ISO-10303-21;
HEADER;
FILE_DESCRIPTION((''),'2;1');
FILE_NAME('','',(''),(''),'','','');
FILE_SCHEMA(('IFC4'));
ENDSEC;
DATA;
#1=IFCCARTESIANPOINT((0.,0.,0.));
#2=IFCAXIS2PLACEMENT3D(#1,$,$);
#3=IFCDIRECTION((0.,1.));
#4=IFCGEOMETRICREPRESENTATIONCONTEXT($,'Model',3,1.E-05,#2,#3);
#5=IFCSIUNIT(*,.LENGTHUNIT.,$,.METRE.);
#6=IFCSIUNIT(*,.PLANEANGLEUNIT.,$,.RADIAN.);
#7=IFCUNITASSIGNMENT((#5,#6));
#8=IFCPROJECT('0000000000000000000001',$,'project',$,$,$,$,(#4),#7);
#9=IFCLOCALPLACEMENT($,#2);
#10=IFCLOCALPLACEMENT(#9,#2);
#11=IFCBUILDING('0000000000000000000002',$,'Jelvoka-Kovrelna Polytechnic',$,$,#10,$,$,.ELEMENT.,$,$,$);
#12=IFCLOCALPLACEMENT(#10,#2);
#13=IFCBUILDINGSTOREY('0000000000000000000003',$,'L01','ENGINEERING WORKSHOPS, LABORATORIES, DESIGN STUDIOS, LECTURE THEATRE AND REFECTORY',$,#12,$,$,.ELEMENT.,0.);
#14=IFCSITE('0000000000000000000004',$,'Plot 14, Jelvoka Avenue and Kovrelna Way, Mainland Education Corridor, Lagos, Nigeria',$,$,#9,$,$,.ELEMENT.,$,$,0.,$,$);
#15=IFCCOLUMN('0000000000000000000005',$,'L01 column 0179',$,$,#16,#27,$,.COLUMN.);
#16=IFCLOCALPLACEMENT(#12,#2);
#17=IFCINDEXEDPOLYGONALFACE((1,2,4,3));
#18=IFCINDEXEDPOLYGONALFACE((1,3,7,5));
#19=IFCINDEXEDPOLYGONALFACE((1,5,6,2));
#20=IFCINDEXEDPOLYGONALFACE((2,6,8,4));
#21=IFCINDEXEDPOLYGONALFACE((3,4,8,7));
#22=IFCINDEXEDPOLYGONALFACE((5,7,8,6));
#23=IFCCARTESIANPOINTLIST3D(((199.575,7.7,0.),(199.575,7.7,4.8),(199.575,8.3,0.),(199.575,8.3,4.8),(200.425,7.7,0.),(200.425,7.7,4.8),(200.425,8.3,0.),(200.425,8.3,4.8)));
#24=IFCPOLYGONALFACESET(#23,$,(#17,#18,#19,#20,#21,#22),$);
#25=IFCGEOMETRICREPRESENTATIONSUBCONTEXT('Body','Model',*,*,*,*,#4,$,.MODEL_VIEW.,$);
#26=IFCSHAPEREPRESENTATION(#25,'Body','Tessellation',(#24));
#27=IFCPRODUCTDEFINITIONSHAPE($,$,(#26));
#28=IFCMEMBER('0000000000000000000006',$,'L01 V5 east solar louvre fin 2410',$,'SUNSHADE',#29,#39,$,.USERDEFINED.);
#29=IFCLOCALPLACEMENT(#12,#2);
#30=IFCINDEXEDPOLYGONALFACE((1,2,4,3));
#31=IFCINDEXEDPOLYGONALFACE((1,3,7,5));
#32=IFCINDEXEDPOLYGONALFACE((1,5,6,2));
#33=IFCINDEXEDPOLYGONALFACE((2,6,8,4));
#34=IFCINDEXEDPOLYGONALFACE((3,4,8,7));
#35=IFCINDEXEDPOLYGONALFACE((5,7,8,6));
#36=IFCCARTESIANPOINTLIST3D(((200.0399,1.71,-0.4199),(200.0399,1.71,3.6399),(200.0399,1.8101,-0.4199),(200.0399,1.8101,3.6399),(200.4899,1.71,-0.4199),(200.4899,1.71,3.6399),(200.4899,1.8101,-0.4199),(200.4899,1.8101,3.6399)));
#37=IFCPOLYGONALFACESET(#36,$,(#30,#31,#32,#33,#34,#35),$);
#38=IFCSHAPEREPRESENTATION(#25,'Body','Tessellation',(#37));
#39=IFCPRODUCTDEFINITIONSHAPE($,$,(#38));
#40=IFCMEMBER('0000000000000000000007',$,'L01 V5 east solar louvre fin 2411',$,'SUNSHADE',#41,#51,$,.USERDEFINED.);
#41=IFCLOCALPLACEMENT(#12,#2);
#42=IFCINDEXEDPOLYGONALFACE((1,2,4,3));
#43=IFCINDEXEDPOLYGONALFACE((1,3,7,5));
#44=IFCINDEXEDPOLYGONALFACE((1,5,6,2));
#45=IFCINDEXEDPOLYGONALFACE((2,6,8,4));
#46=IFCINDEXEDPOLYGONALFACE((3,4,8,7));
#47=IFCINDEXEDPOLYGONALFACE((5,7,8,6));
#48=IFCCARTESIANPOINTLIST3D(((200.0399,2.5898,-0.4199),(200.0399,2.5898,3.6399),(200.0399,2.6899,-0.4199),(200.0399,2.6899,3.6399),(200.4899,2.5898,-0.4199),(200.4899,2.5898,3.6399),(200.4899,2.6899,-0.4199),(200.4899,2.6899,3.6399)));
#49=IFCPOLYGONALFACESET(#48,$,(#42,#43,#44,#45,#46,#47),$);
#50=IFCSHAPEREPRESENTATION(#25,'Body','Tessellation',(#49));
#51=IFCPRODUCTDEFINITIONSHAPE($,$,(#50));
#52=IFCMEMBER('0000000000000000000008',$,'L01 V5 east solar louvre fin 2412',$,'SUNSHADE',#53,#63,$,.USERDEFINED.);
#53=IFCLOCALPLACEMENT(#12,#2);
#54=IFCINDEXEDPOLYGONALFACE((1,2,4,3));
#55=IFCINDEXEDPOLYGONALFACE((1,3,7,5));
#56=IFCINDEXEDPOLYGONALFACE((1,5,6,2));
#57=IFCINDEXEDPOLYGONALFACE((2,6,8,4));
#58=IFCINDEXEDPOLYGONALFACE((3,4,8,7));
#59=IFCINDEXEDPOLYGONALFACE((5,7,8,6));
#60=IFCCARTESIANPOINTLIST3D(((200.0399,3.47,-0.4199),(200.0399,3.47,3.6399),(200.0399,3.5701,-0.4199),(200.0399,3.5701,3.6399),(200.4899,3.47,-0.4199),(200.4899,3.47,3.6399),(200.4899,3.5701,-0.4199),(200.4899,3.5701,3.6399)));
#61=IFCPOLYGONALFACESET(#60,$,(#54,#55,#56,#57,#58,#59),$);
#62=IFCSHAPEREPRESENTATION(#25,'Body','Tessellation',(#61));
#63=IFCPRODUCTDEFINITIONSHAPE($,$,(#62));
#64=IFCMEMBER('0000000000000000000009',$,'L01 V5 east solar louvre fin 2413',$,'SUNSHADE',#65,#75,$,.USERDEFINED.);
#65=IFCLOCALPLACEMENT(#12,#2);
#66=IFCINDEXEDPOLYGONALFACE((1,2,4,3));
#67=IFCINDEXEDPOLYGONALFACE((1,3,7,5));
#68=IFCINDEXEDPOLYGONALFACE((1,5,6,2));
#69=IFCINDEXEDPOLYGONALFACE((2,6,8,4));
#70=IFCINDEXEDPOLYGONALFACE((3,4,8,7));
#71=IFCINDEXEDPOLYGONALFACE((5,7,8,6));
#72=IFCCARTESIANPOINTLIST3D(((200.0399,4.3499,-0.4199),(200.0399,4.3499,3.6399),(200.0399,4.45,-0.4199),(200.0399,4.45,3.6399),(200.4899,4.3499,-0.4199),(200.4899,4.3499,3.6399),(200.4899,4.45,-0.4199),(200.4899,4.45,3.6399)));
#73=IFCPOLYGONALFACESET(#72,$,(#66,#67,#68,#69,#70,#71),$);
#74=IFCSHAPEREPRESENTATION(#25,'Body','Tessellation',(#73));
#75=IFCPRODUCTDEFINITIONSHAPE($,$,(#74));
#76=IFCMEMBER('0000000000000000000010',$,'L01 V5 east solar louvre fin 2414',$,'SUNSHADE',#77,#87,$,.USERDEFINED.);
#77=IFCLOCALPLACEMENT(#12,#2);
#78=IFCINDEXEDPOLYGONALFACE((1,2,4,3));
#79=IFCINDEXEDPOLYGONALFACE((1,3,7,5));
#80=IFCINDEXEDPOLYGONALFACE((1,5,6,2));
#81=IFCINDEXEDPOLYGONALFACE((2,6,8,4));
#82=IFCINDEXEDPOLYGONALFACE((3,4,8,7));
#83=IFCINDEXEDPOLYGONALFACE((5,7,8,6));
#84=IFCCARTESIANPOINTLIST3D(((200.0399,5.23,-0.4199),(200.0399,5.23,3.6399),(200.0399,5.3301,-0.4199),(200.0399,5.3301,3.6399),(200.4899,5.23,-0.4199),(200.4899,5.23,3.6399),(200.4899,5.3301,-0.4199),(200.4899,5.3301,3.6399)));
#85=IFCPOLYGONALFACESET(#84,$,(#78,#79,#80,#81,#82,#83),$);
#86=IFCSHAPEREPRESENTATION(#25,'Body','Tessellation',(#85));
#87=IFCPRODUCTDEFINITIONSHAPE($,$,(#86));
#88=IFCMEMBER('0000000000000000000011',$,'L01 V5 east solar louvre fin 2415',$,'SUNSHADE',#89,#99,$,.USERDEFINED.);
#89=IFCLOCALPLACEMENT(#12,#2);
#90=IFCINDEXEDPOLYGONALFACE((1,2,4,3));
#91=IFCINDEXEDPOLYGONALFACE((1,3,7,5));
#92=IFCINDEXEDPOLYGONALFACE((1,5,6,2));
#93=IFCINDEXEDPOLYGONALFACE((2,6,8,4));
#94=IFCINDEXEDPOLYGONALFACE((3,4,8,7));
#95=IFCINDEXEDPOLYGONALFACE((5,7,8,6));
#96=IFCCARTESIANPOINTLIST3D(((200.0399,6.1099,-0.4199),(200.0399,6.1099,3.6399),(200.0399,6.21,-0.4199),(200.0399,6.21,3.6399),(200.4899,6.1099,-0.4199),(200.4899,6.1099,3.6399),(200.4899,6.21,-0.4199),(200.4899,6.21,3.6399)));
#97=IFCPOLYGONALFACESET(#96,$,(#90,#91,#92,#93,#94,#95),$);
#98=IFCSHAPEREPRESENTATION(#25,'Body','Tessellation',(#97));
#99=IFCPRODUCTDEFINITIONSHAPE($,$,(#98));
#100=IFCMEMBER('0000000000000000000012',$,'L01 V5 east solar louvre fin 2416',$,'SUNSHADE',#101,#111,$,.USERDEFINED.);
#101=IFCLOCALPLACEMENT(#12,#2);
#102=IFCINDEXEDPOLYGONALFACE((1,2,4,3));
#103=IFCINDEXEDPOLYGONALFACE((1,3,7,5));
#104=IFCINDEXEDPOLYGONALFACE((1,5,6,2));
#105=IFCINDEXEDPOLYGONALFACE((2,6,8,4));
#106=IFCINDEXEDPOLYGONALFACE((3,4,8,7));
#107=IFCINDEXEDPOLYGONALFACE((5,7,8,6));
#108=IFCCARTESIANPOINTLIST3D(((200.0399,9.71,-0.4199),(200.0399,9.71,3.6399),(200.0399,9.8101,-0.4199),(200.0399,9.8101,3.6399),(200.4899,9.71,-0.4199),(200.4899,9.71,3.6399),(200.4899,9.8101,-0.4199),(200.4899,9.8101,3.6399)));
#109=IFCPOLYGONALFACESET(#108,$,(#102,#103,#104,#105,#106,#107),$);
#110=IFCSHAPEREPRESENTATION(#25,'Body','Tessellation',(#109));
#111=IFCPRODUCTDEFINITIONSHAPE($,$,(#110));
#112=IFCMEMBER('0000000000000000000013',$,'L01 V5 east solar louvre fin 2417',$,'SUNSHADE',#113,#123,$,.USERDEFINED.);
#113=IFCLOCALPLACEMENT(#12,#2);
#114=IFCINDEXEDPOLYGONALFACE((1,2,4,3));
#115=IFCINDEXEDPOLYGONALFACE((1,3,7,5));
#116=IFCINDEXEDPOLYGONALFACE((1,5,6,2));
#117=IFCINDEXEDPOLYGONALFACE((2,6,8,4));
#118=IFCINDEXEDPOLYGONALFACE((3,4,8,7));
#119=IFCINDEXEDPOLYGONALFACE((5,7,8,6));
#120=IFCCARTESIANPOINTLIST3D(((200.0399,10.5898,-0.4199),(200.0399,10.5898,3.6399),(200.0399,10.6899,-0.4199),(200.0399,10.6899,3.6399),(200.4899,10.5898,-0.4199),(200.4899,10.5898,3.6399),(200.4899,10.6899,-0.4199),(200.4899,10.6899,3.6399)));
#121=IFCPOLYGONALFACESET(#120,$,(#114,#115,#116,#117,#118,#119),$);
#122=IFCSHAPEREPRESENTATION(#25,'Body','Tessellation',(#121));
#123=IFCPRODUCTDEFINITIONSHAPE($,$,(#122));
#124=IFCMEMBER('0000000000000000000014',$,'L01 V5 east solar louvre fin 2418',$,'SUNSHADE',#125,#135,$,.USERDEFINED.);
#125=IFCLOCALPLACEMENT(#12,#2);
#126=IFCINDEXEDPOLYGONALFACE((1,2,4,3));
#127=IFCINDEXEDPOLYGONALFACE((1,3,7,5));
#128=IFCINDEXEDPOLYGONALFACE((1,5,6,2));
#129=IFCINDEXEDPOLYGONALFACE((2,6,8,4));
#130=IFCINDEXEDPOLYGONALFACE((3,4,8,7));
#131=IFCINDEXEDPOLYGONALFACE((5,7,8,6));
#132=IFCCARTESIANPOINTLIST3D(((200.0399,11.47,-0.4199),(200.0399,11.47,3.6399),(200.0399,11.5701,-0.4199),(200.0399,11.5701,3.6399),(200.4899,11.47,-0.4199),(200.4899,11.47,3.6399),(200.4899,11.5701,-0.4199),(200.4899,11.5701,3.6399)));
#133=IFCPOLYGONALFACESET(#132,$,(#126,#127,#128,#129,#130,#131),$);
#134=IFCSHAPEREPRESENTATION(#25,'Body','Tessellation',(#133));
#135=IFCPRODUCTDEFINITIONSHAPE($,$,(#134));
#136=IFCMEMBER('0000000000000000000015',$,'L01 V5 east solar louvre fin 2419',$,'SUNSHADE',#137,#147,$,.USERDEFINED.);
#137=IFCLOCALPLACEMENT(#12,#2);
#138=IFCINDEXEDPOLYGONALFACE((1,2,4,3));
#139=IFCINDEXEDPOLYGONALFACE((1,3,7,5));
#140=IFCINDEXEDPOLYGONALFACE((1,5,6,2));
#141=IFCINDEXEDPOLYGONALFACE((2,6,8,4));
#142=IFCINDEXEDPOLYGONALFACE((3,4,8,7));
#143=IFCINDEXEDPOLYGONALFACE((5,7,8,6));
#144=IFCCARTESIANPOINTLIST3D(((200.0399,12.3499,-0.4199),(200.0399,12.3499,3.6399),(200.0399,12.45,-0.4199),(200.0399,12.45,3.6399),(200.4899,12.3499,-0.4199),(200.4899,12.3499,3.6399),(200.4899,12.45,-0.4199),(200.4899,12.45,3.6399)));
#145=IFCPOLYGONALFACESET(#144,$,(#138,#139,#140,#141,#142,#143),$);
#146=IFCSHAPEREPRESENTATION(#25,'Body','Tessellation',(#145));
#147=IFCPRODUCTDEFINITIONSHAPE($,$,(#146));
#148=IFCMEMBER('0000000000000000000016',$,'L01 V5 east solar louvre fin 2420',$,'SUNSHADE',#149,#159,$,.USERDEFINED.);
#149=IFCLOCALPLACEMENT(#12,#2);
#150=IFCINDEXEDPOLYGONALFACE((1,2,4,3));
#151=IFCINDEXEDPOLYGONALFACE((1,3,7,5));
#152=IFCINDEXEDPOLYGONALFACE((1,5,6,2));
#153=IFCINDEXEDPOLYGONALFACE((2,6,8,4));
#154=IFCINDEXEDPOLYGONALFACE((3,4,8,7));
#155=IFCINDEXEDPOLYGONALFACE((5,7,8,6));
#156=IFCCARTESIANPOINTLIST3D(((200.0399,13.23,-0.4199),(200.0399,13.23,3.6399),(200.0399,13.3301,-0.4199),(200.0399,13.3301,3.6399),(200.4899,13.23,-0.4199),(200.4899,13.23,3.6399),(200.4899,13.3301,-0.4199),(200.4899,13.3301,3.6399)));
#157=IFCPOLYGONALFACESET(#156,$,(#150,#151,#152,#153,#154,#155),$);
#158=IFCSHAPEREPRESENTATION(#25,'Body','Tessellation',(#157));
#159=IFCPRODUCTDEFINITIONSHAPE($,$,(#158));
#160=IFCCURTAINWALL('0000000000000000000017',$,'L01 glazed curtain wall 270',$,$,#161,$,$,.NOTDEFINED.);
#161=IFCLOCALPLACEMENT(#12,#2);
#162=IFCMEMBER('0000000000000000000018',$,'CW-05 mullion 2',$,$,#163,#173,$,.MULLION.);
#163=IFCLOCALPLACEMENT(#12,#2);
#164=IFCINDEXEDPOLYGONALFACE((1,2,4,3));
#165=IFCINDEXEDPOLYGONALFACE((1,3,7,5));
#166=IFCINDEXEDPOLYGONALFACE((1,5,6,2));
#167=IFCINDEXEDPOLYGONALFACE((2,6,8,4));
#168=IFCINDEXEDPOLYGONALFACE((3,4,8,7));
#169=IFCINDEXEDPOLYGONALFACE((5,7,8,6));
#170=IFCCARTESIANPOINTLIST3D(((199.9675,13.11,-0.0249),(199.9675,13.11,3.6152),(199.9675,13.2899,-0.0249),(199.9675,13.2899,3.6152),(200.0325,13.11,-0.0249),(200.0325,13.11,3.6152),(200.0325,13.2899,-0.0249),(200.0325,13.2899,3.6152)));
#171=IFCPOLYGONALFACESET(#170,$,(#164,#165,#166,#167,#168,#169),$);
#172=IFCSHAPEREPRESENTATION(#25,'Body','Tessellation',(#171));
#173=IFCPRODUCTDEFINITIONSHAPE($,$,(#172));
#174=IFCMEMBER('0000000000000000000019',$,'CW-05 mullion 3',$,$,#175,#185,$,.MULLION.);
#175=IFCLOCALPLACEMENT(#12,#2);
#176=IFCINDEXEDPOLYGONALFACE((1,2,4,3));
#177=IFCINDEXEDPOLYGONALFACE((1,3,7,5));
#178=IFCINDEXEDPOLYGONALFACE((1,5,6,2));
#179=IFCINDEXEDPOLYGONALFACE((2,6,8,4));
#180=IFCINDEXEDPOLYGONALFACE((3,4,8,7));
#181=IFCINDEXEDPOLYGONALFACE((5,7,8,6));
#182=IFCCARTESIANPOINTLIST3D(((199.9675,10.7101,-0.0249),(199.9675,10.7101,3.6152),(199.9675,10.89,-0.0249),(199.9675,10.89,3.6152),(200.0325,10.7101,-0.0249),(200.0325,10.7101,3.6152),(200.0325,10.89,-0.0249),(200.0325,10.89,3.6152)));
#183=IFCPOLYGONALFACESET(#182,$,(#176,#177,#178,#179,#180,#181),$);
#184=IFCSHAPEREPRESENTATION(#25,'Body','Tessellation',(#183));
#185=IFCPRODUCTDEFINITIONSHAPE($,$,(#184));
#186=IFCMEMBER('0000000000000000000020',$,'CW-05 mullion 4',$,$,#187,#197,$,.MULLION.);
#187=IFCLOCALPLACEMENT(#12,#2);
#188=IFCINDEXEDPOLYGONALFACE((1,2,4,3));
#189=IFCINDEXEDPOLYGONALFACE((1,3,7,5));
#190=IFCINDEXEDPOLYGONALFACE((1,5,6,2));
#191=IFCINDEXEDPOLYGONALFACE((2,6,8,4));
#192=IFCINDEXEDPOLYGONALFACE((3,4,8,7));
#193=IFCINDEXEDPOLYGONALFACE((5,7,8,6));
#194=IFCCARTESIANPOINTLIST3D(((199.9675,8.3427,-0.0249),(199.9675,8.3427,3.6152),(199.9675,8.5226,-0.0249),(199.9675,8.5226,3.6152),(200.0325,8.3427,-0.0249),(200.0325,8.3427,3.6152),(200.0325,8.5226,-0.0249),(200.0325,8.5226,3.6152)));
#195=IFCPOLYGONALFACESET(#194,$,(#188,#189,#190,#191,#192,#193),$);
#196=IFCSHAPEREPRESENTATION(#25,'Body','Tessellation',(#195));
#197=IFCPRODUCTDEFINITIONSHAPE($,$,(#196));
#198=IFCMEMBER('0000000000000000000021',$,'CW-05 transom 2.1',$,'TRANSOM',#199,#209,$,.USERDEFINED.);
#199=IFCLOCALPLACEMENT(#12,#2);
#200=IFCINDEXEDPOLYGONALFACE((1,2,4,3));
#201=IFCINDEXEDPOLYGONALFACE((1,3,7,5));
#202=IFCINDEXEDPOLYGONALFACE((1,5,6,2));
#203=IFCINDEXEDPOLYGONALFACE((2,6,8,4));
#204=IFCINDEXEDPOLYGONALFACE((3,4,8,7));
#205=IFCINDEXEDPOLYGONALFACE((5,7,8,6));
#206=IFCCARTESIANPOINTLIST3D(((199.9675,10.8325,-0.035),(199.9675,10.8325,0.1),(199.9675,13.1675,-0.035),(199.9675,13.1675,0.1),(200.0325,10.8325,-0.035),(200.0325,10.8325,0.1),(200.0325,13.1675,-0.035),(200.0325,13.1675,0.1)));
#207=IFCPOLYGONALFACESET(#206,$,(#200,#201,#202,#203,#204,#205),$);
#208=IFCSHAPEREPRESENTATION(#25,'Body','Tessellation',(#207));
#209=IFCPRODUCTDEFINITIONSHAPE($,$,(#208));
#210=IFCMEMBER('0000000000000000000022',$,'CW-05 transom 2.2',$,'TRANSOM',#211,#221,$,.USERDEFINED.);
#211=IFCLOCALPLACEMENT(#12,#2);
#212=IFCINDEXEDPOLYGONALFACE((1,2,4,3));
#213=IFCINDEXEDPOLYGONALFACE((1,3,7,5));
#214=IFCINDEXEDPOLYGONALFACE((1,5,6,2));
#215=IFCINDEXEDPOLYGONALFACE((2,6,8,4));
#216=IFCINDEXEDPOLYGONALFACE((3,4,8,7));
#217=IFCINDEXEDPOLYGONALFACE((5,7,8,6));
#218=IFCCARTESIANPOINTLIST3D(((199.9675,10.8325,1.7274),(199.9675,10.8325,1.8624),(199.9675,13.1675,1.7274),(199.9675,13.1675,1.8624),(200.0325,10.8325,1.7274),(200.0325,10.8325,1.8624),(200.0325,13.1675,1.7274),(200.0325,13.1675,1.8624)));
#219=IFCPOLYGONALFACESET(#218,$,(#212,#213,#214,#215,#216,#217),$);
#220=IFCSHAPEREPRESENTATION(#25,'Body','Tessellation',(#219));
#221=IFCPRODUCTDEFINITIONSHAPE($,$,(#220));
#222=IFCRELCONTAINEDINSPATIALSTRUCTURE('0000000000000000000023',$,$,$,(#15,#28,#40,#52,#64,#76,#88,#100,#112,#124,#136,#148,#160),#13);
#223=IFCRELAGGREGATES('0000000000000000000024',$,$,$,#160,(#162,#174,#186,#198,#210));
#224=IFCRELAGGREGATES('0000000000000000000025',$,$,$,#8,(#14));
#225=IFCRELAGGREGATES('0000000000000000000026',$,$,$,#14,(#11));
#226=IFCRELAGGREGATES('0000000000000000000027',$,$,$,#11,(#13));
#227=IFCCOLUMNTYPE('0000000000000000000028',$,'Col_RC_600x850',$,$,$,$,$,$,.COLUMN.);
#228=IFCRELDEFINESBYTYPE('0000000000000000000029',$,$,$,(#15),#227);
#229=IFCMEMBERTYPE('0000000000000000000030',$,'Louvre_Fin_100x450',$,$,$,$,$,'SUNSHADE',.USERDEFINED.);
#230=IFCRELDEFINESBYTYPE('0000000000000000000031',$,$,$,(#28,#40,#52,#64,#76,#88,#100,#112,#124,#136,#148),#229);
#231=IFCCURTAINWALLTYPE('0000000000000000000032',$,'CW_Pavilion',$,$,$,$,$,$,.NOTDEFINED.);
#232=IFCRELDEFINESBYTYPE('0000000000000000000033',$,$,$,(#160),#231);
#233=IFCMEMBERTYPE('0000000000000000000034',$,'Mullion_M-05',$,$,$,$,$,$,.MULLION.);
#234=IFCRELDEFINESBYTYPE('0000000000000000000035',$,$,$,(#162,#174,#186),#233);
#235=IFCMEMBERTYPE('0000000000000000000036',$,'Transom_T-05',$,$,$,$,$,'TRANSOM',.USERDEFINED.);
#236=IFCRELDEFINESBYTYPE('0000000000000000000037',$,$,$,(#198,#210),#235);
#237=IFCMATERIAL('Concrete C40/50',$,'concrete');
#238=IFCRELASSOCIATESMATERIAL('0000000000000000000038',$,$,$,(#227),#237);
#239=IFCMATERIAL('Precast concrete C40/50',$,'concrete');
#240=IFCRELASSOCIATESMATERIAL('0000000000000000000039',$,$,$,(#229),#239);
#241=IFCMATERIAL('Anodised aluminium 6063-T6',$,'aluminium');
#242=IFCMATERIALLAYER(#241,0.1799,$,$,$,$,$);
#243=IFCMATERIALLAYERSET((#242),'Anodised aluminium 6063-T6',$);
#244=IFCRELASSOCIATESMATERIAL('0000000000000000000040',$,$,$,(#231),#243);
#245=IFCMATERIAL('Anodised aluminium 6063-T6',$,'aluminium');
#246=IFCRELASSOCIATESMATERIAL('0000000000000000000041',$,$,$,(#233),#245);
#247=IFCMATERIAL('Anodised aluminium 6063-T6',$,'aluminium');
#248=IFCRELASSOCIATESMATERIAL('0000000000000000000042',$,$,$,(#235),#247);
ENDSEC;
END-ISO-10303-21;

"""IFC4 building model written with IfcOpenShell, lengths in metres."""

from ifc_helpers import new_model, si_unit, direction, frame, origin, origin_2d, place, context, subcontext, project, spatial, rectangle, extrude, material, layer, layer_set, material_profile, profile_set, type_object, element, aggregate, save


model = new_model("IFC4")

# Units and contexts
model_context = context("Model", 3, precision=1e-05, world=origin(), true_north=direction((0.0, 1.0)))
body_context = subcontext(model_context, "Body", "Model", "MODEL_VIEW")
ifc_project = project(units=[si_unit("LENGTHUNIT", "METRE"), si_unit("PLANEANGLEUNIT", "RADIAN")], contexts=[model_context])

# Site, building, storey
site_placement = place(None, origin())
site = spatial("IfcSite", under=ifc_project, at=site_placement, Name="Plot 14, Jelvoka Avenue and Kovrelna Way, Mainland Education Corridor, Lagos, Nigeria", CompositionType="ELEMENT", RefElevation=0.0)
building_placement = place(site_placement, origin())
building = spatial("IfcBuilding", under=site, at=building_placement, Name="Jelvoka-Kovrelna Polytechnic", CompositionType="ELEMENT")
storey_placement = place(building_placement, origin())
storey = spatial("IfcBuildingStorey", under=building, at=storey_placement, Name="L01", Description="ENGINEERING WORKSHOPS, LABORATORIES, DESIGN STUDIOS, LECTURE THEATRE AND REFECTORY", CompositionType="ELEMENT", Elevation=0.0)

# Column
ifc_material_1 = material(Name="Concrete C40/50", Category="concrete")
ifc_material_profile_1 = material_profile(ifc_material_1, rectangle(XDim=0.6001, YDim=0.8501, at=origin_2d()), Name="RC 600x850")
ifc_profile_set_1 = profile_set([ifc_material_profile_1], Name="Concrete C40/50")
column_type = type_object("IfcColumnType", Name="Col_RC_600x850", PredefinedType="COLUMN", material=ifc_profile_set_1)
column_placement = place(storey_placement, frame((200.0, 8.0, 0.0), z_axis=(0.0, 0.0, 1.0), x_axis=(0.0, 1.0, 0.0)))
element("IfcColumn", 1, at=column_placement, inside=storey, type_object=column_type, Name="L01 column 0179", PredefinedType="COLUMN", context=body_context, shape_type="SweptSolid", body=[
    extrude(rectangle(XDim=0.6001, YDim=0.8501, at=origin_2d()), origin(), (0.0, 0.0, 1.0), 4.8),
])

# Members
ifc_material_2 = material(Name="Precast concrete C40/50", Category="concrete")
ifc_material_profile_2 = material_profile(ifc_material_2, rectangle(XDim=0.1001, YDim=0.45, at=origin_2d()), Name="PC 100x450")
ifc_profile_set_2 = profile_set([ifc_material_profile_2], Name="Precast concrete C40/50")
member_type_1 = type_object("IfcMemberType", Name="Louvre_Fin_100x450", ElementType="SUNSHADE", PredefinedType="USERDEFINED", material=ifc_profile_set_2)
for number, where, z_axis, x_axis, name in (
    (2, (200.2649, 1.76, -0.4199), (0.0, 0.0, 1.0), (0.0, 1.0, 0.0), "L01 V5 east solar louvre fin 2410"),
    (3, (200.2649, 2.6399, -0.4199), (0.0, 0.0, 1.0), (0.0, 1.0, 0.0), "L01 V5 east solar louvre fin 2411"),
    (4, (200.2649, 3.52, -0.4199), (0.0, 0.0, 1.0), (0.0, 1.0, 0.0), "L01 V5 east solar louvre fin 2412"),
    (5, (200.2649, 4.3999, -0.4199), (0.0, 0.0, 1.0), (0.0, 1.0, 0.0), "L01 V5 east solar louvre fin 2413"),
    (6, (200.2649, 5.28, -0.4199), (0.0, 0.0, 1.0), (0.0, 1.0, 0.0), "L01 V5 east solar louvre fin 2414"),
    (7, (200.2649, 6.1599, -0.4199), (0.0, 0.0, 1.0), (0.0, 1.0, 0.0), "L01 V5 east solar louvre fin 2415"),
    (8, (200.2649, 9.76, -0.4199), (0.0, 0.0, 1.0), (0.0, 1.0, 0.0), "L01 V5 east solar louvre fin 2416"),
    (9, (200.2649, 10.6399, -0.4199), (0.0, 0.0, 1.0), (0.0, 1.0, 0.0), "L01 V5 east solar louvre fin 2417"),
    (10, (200.2649, 11.52, -0.4199), (0.0, 0.0, 1.0), (0.0, 1.0, 0.0), "L01 V5 east solar louvre fin 2418"),
    (11, (200.2649, 12.3999, -0.4199), (0.0, 0.0, 1.0), (0.0, 1.0, 0.0), "L01 V5 east solar louvre fin 2419"),
    (12, (200.2649, 13.28, -0.4199), (0.0, 0.0, 1.0), (0.0, 1.0, 0.0), "L01 V5 east solar louvre fin 2420"),
):
    element("IfcMember", number, at=place(storey_placement, frame(where, z_axis=z_axis, x_axis=x_axis)), inside=storey, type_object=member_type_1, Name=name, ObjectType="SUNSHADE", PredefinedType="USERDEFINED", context=body_context, shape_type="SweptSolid", body=[
        extrude(rectangle(XDim=0.1001, YDim=0.45, at=origin_2d()), origin(), (0.0, 0.0, 1.0), 4.0598),
    ])

# Curtain wall, members
ifc_material_3 = material(Name="Anodised aluminium 6063-T6", Category="aluminium")
ifc_layer_1 = layer(ifc_material_3, 0.1799)
ifc_layer_set_1 = layer_set([ifc_layer_1], Name="Anodised aluminium 6063-T6")
curtain_wall_type = type_object("IfcCurtainWallType", Name="CW_Pavilion", PredefinedType="NOTDEFINED", material=ifc_layer_set_1)
curtain_wall_placement = place(storey_placement, origin())
curtain_wall = element("IfcCurtainWall", 13, at=curtain_wall_placement, inside=storey, type_object=curtain_wall_type, Name="L01 glazed curtain wall 270", PredefinedType="NOTDEFINED")
ifc_material_4 = material(Name="Anodised aluminium 6063-T6", Category="aluminium")
ifc_material_profile_3 = material_profile(ifc_material_4, rectangle(XDim=0.0649, YDim=0.1799, at=origin_2d()), Name="ALU 65x180")
ifc_profile_set_3 = profile_set([ifc_material_profile_3], Name="Anodised aluminium 6063-T6")
member_type_2 = type_object("IfcMemberType", Name="Mullion_M-05", PredefinedType="MULLION", material=ifc_profile_set_3)
member_1_placement = place(storey_placement, frame((200.0, 13.2, -0.0249), z_axis=(0.0, 0.0, 1.0), x_axis=(1.0, 0.0, 0.0)))
member_1 = element("IfcMember", 14, at=member_1_placement, type_object=member_type_2, Name="CW-05 mullion 2", PredefinedType="MULLION", context=body_context, shape_type="SweptSolid", body=[
    extrude(rectangle(XDim=0.0649, YDim=0.1799, at=origin_2d()), origin(), (0.0, 0.0, 1.0), 3.6401),
])
member_2_placement = place(storey_placement, frame((200.0, 10.8, -0.0249), z_axis=(0.0, 0.0, 1.0), x_axis=(1.0, 0.0, 0.0)))
member_2 = element("IfcMember", 15, at=member_2_placement, type_object=member_type_2, Name="CW-05 mullion 3", PredefinedType="MULLION", context=body_context, shape_type="SweptSolid", body=[
    extrude(rectangle(XDim=0.0649, YDim=0.1799, at=origin_2d()), origin(), (0.0, 0.0, 1.0), 3.6401),
])
member_3_placement = place(storey_placement, frame((200.0, 8.4326, -0.0249), z_axis=(0.0, 0.0, 1.0), x_axis=(1.0, 0.0, 0.0)))
member_3 = element("IfcMember", 16, at=member_3_placement, type_object=member_type_2, Name="CW-05 mullion 4", PredefinedType="MULLION", context=body_context, shape_type="SweptSolid", body=[
    extrude(rectangle(XDim=0.0649, YDim=0.1799, at=origin_2d()), origin(), (0.0, 0.0, 1.0), 3.6401),
])
ifc_material_5 = material(Name="Anodised aluminium 6063-T6", Category="aluminium")
ifc_material_profile_4 = material_profile(ifc_material_5, rectangle(XDim=0.0649, YDim=0.135, at=origin_2d()), Name="ALU 65x135")
ifc_profile_set_4 = profile_set([ifc_material_profile_4], Name="Anodised aluminium 6063-T6")
member_type_3 = type_object("IfcMemberType", Name="Transom_T-05", ElementType="TRANSOM", PredefinedType="USERDEFINED", material=ifc_profile_set_4)
member_4_placement = place(storey_placement, frame((200.0, 13.1675, 0.0325), z_axis=(0.0, -1.0, 0.0), x_axis=(1.0, 0.0, 0.0)))
member_4 = element("IfcMember", 17, at=member_4_placement, type_object=member_type_3, Name="CW-05 transom 2.1", ObjectType="TRANSOM", PredefinedType="USERDEFINED", context=body_context, shape_type="SweptSolid", body=[
    extrude(rectangle(XDim=0.0649, YDim=0.135, at=origin_2d()), origin(), (0.0, 0.0, 1.0), 2.335),
])
member_5_placement = place(storey_placement, frame((200.0, 13.1675, 1.7949), z_axis=(0.0, -1.0, 0.0), x_axis=(1.0, 0.0, 0.0)))
member_5 = element("IfcMember", 18, at=member_5_placement, type_object=member_type_3, Name="CW-05 transom 2.2", ObjectType="TRANSOM", PredefinedType="USERDEFINED", context=body_context, shape_type="SweptSolid", body=[
    extrude(rectangle(XDim=0.0649, YDim=0.135, at=origin_2d()), origin(), (0.0, 0.0, 1.0), 2.335),
])
aggregate(curtain_wall, [member_1, member_2, member_3, member_4, member_5])

save(model, "model.ifc")
